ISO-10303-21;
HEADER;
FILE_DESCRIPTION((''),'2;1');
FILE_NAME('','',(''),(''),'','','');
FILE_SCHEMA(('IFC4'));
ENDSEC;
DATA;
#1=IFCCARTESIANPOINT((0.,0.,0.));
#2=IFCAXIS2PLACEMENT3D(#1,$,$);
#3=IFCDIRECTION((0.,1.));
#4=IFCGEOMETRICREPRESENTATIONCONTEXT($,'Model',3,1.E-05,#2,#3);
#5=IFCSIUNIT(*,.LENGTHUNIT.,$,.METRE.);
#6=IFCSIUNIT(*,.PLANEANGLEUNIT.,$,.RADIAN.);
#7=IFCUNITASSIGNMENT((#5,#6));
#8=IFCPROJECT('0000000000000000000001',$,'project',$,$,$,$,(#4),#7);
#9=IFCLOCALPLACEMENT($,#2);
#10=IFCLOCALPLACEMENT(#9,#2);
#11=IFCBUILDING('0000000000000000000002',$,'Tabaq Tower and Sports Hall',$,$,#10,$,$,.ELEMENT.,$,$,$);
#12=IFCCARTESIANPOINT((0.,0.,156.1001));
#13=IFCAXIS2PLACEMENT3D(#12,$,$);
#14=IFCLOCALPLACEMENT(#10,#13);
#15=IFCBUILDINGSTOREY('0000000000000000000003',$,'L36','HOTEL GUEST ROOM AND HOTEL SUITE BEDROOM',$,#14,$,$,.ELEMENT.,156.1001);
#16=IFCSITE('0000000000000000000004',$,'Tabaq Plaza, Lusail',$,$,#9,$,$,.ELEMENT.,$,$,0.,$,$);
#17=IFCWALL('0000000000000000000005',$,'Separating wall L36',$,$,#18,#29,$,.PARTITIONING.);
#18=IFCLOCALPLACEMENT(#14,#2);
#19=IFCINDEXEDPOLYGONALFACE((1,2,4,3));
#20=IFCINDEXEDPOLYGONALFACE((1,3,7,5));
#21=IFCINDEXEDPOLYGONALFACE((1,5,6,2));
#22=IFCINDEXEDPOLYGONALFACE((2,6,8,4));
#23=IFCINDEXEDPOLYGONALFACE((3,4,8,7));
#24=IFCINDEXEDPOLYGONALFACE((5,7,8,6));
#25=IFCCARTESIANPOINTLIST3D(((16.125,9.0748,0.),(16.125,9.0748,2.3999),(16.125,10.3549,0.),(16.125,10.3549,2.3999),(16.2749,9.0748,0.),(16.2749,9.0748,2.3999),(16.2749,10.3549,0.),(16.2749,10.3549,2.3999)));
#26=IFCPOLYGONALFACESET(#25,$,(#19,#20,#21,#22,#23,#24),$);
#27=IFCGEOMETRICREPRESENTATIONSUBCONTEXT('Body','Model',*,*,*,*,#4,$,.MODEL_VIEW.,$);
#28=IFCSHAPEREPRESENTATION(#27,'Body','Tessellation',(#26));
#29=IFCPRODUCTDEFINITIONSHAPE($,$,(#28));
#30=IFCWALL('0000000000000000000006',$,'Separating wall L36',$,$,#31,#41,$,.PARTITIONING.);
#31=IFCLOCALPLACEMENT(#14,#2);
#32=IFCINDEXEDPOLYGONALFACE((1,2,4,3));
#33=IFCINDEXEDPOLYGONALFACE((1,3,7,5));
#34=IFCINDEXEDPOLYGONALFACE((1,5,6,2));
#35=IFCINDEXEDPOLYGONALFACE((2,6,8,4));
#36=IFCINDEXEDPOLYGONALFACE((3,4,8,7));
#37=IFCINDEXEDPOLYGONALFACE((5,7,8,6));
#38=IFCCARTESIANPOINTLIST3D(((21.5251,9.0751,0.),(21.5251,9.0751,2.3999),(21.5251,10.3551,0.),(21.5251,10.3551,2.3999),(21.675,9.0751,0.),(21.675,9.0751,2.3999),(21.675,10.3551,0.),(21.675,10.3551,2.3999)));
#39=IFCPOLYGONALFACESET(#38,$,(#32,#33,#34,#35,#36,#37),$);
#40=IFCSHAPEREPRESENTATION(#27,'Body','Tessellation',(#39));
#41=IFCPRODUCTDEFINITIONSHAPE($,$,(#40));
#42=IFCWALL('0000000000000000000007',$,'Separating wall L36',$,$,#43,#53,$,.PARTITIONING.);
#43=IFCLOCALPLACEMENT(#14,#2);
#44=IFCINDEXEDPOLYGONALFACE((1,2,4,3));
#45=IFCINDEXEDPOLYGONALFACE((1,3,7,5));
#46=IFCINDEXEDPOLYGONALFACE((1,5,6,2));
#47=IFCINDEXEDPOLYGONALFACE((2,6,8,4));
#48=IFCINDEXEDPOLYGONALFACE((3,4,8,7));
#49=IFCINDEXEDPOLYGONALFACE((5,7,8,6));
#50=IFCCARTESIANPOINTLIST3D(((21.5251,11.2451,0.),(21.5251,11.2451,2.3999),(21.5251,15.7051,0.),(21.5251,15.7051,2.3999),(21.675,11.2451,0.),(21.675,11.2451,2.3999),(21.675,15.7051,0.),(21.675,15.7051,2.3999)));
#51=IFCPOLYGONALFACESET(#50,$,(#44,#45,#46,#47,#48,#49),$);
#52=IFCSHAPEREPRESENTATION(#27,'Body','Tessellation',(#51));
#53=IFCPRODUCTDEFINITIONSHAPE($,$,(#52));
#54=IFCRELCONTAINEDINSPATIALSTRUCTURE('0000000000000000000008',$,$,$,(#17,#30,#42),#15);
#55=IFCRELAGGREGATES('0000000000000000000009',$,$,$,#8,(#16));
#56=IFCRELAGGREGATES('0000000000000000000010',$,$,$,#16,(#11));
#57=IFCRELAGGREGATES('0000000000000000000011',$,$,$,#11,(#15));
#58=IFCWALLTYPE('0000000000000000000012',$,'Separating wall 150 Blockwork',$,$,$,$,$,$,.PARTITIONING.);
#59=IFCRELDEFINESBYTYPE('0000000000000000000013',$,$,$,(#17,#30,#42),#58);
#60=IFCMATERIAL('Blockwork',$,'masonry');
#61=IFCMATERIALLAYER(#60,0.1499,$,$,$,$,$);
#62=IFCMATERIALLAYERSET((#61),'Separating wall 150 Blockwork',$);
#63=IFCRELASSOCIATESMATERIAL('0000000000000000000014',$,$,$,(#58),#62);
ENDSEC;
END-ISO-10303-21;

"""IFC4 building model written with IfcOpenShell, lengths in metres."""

from ifc_helpers import new_model, si_unit, direction, frame, frame_2d, origin, place, context, subcontext, project, spatial, rectangle, extrude, material, layer, layer_set, type_object, element, save


model = new_model("IFC4")

# Units and contexts
model_context = context("Model", 3, precision=1e-05, world=origin(), true_north=direction((0.0, 1.0)))
body_context = subcontext(model_context, "Body", "Model", "MODEL_VIEW")
ifc_project = project(units=[si_unit("LENGTHUNIT", "METRE"), si_unit("PLANEANGLEUNIT", "RADIAN")], contexts=[model_context])

# Site, building, storey
site_placement = place(None, origin())
site = spatial("IfcSite", under=ifc_project, at=site_placement, Name="Tabaq Plaza, Lusail", CompositionType="ELEMENT", RefElevation=0.0)
building_placement = place(site_placement, origin())
building = spatial("IfcBuilding", under=site, at=building_placement, Name="Tabaq Tower and Sports Hall", CompositionType="ELEMENT")
storey_placement = place(building_placement, frame((0.0, 0.0, 156.1001)))
storey = spatial("IfcBuildingStorey", under=building, at=storey_placement, Name="L36", Description="HOTEL GUEST ROOM AND HOTEL SUITE BEDROOM", CompositionType="ELEMENT", Elevation=156.1001)

# Walls
ifc_material_1 = material(Name="Blockwork", Category="masonry")
ifc_layer_1 = layer(ifc_material_1, 0.1499)
ifc_layer_set_1 = layer_set([ifc_layer_1], Name="Separating wall 150 Blockwork")
wall_type_1 = type_object("IfcWallType", Name="Separating wall 150 Blockwork", PredefinedType="PARTITIONING", material=ifc_layer_set_1)
for number, where, z_axis, x_axis, name in (
    (1, (16.2, 10.355, 0.0), (0.0, 0.0, 1.0), (0.0, -1.0, 0.0), "Separating wall L36"),
    (2, (21.6001, 9.075, 0.0), (0.0, 0.0, 1.0), (0.0, 1.0, 0.0), "Separating wall L36"),
):
    element("IfcWall", number, at=place(storey_placement, frame(where, z_axis=z_axis, x_axis=x_axis)), inside=storey, type_object=wall_type_1, Name=name, PredefinedType="PARTITIONING", context=body_context, shape_type="SweptSolid", body=[
        extrude(rectangle(XDim=1.28, YDim=0.1499, at=frame_2d((0.6401, 0.0))), origin(), (0.0, 0.0, 1.0), 2.3999),
    ])
wall_1_placement = place(storey_placement, frame((21.6001, 11.2451, 0.0), z_axis=(0.0, 0.0, 1.0), x_axis=(0.0, 1.0, 0.0)))
element("IfcWall", 3, at=wall_1_placement, inside=storey, type_object=wall_type_1, Name="Separating wall L36", PredefinedType="PARTITIONING", context=body_context, shape_type="SweptSolid", body=[
    extrude(rectangle(XDim=4.46, YDim=0.1499, at=frame_2d((2.23, 0.0))), origin(), (0.0, 0.0, 1.0), 2.3999),
])

save(model, "model.ifc")
